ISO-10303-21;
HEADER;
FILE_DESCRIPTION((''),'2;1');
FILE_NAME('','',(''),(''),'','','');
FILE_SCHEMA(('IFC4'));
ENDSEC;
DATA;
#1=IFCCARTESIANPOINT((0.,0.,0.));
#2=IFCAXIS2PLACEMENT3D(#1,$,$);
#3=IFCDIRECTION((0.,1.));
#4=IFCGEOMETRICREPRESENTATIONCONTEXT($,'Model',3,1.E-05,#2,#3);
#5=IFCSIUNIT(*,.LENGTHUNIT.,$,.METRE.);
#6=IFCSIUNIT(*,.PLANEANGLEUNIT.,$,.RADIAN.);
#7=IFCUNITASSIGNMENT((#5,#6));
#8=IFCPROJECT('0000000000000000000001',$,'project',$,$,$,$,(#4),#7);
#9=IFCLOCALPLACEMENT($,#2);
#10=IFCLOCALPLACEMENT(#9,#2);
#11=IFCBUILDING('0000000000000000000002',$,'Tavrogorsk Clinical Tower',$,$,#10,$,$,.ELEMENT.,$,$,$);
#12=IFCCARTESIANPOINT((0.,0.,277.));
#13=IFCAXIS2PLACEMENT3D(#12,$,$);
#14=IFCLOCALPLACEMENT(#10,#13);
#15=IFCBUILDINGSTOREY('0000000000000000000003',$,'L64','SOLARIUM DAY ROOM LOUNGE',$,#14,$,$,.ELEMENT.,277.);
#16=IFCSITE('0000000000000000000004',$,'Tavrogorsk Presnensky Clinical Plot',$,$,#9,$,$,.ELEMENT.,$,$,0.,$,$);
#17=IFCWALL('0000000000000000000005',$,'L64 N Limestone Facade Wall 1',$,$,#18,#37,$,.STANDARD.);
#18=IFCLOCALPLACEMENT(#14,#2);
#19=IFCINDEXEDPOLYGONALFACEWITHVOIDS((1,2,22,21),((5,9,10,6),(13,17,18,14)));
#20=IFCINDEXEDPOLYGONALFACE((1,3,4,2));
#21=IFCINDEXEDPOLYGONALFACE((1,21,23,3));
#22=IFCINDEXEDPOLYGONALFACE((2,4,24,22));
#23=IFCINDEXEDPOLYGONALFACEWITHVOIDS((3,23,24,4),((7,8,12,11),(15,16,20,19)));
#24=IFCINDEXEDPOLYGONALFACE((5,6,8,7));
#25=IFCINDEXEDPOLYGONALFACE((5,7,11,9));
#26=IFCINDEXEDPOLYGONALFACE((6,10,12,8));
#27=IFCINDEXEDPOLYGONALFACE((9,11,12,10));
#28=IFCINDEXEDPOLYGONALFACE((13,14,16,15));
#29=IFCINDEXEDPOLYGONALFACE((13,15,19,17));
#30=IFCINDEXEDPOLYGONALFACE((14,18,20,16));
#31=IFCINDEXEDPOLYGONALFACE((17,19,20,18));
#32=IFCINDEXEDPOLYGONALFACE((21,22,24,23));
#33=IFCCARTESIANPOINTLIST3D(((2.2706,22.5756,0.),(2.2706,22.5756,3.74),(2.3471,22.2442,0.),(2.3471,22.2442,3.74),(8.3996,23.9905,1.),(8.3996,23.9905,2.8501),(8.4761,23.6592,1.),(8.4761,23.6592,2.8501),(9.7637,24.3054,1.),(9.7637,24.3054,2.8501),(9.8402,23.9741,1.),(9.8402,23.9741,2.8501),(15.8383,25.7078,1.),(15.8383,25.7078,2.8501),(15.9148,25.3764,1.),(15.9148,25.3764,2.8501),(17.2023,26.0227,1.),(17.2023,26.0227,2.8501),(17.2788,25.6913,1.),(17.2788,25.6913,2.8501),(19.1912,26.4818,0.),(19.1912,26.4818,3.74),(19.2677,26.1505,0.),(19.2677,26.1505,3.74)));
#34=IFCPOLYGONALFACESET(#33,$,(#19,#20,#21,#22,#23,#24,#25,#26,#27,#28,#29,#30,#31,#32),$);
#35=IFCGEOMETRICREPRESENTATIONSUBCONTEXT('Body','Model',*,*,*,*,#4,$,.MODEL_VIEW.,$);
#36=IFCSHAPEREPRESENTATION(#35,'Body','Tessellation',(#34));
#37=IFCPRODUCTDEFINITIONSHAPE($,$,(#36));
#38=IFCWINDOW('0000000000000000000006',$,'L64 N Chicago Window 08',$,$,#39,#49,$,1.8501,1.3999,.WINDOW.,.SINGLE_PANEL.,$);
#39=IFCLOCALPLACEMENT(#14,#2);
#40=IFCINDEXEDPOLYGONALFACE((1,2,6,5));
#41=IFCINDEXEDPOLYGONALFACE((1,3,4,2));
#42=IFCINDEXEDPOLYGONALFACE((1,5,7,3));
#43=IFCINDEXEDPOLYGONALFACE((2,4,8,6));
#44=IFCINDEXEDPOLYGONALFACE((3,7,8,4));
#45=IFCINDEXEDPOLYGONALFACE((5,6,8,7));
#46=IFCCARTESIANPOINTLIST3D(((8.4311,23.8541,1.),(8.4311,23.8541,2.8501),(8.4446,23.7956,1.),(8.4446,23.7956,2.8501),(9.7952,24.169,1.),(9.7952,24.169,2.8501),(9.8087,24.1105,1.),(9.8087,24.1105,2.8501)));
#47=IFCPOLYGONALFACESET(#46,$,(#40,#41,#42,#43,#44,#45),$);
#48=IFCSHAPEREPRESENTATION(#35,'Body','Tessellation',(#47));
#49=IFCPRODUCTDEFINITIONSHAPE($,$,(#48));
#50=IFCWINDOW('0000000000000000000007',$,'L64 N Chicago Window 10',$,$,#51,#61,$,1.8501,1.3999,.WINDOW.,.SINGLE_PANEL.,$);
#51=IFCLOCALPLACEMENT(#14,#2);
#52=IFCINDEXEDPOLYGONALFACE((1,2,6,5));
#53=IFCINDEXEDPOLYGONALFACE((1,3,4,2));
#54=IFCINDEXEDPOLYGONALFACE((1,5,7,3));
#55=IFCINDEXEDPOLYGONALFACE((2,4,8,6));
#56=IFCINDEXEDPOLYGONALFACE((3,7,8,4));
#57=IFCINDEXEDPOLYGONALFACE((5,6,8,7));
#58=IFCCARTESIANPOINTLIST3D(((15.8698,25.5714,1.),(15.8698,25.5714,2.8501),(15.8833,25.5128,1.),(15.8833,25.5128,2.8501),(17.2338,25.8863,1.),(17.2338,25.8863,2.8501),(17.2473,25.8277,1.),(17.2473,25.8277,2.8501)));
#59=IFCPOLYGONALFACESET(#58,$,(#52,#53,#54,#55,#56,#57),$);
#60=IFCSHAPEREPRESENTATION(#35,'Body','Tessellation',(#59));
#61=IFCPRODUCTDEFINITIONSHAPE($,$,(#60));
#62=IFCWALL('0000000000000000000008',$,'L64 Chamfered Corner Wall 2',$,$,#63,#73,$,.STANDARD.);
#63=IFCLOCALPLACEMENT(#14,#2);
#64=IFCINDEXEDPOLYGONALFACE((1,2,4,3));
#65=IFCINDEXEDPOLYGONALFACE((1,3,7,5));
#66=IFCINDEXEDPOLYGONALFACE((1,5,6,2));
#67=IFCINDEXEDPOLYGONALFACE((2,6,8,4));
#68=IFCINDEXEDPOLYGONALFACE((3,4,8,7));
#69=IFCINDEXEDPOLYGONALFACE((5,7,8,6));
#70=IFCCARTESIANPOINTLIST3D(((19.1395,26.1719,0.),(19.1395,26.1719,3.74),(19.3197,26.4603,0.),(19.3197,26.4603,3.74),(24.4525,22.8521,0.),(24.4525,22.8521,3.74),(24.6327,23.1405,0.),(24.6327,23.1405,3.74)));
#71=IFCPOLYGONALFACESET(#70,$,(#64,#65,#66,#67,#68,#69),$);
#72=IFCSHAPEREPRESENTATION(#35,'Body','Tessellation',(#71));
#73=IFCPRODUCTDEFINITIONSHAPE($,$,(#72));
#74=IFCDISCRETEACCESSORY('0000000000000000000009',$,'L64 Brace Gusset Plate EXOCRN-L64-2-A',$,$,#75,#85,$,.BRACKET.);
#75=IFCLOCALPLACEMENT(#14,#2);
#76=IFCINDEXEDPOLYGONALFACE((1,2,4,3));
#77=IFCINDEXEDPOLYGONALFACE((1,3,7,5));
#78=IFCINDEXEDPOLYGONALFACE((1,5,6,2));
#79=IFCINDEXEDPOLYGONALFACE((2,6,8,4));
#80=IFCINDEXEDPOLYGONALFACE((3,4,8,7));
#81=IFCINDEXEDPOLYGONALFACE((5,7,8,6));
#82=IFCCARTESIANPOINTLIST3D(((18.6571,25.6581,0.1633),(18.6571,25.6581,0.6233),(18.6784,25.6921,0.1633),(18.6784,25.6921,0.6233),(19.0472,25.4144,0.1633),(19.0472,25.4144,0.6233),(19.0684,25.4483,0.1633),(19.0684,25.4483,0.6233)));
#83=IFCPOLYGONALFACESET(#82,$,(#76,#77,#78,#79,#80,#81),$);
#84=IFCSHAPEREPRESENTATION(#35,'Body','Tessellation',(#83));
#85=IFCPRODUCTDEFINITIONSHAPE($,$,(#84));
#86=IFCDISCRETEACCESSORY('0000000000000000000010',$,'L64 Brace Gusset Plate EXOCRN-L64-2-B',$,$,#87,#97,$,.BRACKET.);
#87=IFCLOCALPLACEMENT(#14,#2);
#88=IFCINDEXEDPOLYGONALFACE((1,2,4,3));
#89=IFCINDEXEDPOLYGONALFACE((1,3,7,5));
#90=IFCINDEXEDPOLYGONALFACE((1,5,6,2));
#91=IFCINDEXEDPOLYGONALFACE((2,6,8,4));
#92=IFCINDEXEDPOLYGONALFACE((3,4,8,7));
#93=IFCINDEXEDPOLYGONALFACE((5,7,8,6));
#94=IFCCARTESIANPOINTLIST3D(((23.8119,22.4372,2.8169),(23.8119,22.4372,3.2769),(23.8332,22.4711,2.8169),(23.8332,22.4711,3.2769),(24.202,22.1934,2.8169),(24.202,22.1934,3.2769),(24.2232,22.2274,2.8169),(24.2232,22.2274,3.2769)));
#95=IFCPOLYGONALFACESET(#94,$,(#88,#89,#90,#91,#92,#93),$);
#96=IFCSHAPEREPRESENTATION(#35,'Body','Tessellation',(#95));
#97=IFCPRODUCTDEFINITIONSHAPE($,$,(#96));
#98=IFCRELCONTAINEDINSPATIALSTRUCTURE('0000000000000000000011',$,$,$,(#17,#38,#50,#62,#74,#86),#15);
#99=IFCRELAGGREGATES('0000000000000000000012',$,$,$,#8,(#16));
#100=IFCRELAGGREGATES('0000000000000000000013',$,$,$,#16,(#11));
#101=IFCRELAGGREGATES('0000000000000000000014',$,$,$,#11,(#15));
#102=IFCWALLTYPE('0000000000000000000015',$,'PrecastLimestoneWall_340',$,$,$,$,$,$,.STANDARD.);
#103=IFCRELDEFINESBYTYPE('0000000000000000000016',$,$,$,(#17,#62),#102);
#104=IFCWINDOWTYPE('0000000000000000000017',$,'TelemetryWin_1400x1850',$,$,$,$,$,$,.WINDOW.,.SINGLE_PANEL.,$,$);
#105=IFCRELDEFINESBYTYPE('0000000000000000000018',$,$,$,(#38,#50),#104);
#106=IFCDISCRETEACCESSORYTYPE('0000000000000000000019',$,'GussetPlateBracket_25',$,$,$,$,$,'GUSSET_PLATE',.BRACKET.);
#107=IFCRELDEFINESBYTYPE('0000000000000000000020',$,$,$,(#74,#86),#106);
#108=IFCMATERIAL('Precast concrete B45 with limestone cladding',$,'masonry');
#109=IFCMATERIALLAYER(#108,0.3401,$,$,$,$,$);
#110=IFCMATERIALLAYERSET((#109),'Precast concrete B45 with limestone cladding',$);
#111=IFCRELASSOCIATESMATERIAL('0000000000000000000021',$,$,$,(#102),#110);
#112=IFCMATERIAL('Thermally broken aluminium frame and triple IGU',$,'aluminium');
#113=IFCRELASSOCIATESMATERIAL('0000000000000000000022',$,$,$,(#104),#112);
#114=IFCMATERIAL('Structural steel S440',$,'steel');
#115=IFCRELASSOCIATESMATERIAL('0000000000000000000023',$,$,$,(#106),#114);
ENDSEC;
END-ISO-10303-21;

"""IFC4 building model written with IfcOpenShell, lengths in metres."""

from ifc_helpers import new_model, si_unit, direction, frame, frame_2d, origin, origin_2d, place, context, subcontext, project, spatial, rectangle, extrude, material, layer, layer_set, type_object, element, fill, save


model = new_model("IFC4")

# Units and contexts
model_context = context("Model", 3, precision=1e-05, world=origin(), true_north=direction((0.0, 1.0)))
body_context = subcontext(model_context, "Body", "Model", "MODEL_VIEW")
ifc_project = project(units=[si_unit("LENGTHUNIT", "METRE"), si_unit("PLANEANGLEUNIT", "RADIAN")], contexts=[model_context])

# Site, building, storey
site_placement = place(None, origin())
site = spatial("IfcSite", under=ifc_project, at=site_placement, Name="Tavrogorsk Presnensky Clinical Plot", CompositionType="ELEMENT", RefElevation=0.0)
building_placement = place(site_placement, origin())
building = spatial("IfcBuilding", under=site, at=building_placement, Name="Tavrogorsk Clinical Tower", CompositionType="ELEMENT")
storey_placement = place(building_placement, frame((0.0, 0.0, 277.0)))
storey = spatial("IfcBuildingStorey", under=building, at=storey_placement, Name="L64", Description="SOLARIUM DAY ROOM LOUNGE", CompositionType="ELEMENT", Elevation=277.0)

# Wall, openings, windows
ifc_material_1 = material(Name="Precast concrete B45 with limestone cladding", Category="masonry")
ifc_layer_1 = layer(ifc_material_1, 0.3401)
ifc_layer_set_1 = layer_set([ifc_layer_1], Name="Precast concrete B45 with limestone cladding")
wall_type_1 = type_object("IfcWallType", Name="PrecastLimestoneWall_340", PredefinedType="STANDARD", material=ifc_layer_set_1)
wall_1_placement = place(storey_placement, frame((19.2295, 26.3162, 0.0), z_axis=(0.0, 0.0, 1.0), x_axis=(-0.974372, -0.224941, 0.0)))
wall_1 = element("IfcWall", 1, at=wall_1_placement, inside=storey, type_object=wall_type_1, Name="L64 N Limestone Facade Wall 1", PredefinedType="STANDARD", context=body_context, shape_type="SweptSolid", body=[
    extrude(rectangle(XDim=17.3657, YDim=0.3401, at=frame_2d((8.6829, 0.0))), origin(), (0.0, 0.0, 1.0), 3.74),
])
opening_1_placement = place(wall_1_placement, frame((9.6755, 0.0, 1.0)))
opening_1 = element("IfcOpeningElement", 2, at=opening_1_placement, cuts=wall_1, PredefinedType="OPENING", context=body_context, shape_type="SweptSolid", body=[
    extrude(rectangle(XDim=1.3999, YDim=1.8501, at=frame_2d((0.7, 0.925))), frame((0.0, 0.1799, 0.0), z_axis=(0.0, -1.0, 0.0), x_axis=(1.0, 0.0, 0.0)), (0.0, 0.0, 1.0), 0.3601),
])
opening_2_placement = place(wall_1_placement, frame((2.0413, 0.0, 1.0)))
opening_2 = element("IfcOpeningElement", 3, at=opening_2_placement, cuts=wall_1, PredefinedType="OPENING", context=body_context, shape_type="SweptSolid", body=[
    extrude(rectangle(XDim=1.3999, YDim=1.8501, at=frame_2d((0.7, 0.925))), frame((0.0, 0.1799, 0.0), z_axis=(0.0, -1.0, 0.0), x_axis=(1.0, 0.0, 0.0)), (0.0, 0.0, 1.0), 0.3601),
])
ifc_material_2 = material(Name="Thermally broken aluminium frame and triple IGU", Category="aluminium")
window_type = type_object("IfcWindowType", Name="TelemetryWin_1400x1850", PartitioningType="SINGLE_PANEL", PredefinedType="WINDOW", material=ifc_material_2)
window_1_placement = place(opening_1_placement, origin())
window_1 = element("IfcWindow", 4, at=window_1_placement, inside=storey, type_object=window_type, Name="L64 N Chicago Window 08", OverallHeight=1.8501, OverallWidth=1.3999, PartitioningType="SINGLE_PANEL", PredefinedType="WINDOW", context=body_context, shape_type="SweptSolid", body=[
    extrude(rectangle(XDim=1.3999, YDim=1.8501, at=frame_2d((0.7, 0.925))), frame((0.0, 0.03, 0.0), z_axis=(0.0, -1.0, 0.0), x_axis=(1.0, 0.0, 0.0)), (0.0, 0.0, 1.0), 0.0601),
])
fill(opening_1, window_1)
window_2_placement = place(opening_2_placement, origin())
window_2 = element("IfcWindow", 5, at=window_2_placement, inside=storey, type_object=window_type, Name="L64 N Chicago Window 10", OverallHeight=1.8501, OverallWidth=1.3999, PartitioningType="SINGLE_PANEL", PredefinedType="WINDOW", context=body_context, shape_type="SweptSolid", body=[
    extrude(rectangle(XDim=1.3999, YDim=1.8501, at=frame_2d((0.7, 0.925))), frame((0.0, 0.03, 0.0), z_axis=(0.0, -1.0, 0.0), x_axis=(1.0, 0.0, 0.0)), (0.0, 0.0, 1.0), 0.0601),
])
fill(opening_2, window_2)

# Wall
wall_2_placement = place(storey_placement, frame((24.5425, 22.9963, 0.0), z_axis=(0.0, 0.0, 1.0), x_axis=(-0.848055, 0.529908, 0.0)))
element("IfcWall", 6, at=wall_2_placement, inside=storey, type_object=wall_type_1, Name="L64 Chamfered Corner Wall 2", PredefinedType="STANDARD", context=body_context, shape_type="SweptSolid", body=[
    extrude(rectangle(XDim=6.2649, YDim=0.3401, at=frame_2d((3.1323, 0.0))), origin(), (0.0, 0.0, 1.0), 3.74),
])

# Discrete accessories
ifc_material_3 = material(Name="Structural steel S440", Category="steel")
discrete_accessory_type = type_object("IfcDiscreteAccessoryType", Name="GussetPlateBracket_25", ElementType="GUSSET_PLATE", PredefinedType="BRACKET", material=ifc_material_3)
for number, where, z_axis, x_axis, name in (
    (7, (18.8628, 25.5532, 0.1633), (0.0, 0.0, 1.0), (0.848048, -0.529919, 0.0), "L64 Brace Gusset Plate EXOCRN-L64-2-A"),
    (8, (24.0176, 22.3323, 2.8169), (0.0, 0.0, 1.0), (0.848048, -0.529919, 0.0), "L64 Brace Gusset Plate EXOCRN-L64-2-B"),
):
    element("IfcDiscreteAccessory", number, at=place(storey_placement, frame(where, z_axis=z_axis, x_axis=x_axis)), inside=storey, type_object=discrete_accessory_type, Name=name, PredefinedType="BRACKET", context=body_context, shape_type="SweptSolid", body=[
        extrude(rectangle(XDim=0.46, YDim=0.04, at=origin_2d()), origin(), (0.0, 0.0, 1.0), 0.46),
    ])

save(model, "model.ifc")
